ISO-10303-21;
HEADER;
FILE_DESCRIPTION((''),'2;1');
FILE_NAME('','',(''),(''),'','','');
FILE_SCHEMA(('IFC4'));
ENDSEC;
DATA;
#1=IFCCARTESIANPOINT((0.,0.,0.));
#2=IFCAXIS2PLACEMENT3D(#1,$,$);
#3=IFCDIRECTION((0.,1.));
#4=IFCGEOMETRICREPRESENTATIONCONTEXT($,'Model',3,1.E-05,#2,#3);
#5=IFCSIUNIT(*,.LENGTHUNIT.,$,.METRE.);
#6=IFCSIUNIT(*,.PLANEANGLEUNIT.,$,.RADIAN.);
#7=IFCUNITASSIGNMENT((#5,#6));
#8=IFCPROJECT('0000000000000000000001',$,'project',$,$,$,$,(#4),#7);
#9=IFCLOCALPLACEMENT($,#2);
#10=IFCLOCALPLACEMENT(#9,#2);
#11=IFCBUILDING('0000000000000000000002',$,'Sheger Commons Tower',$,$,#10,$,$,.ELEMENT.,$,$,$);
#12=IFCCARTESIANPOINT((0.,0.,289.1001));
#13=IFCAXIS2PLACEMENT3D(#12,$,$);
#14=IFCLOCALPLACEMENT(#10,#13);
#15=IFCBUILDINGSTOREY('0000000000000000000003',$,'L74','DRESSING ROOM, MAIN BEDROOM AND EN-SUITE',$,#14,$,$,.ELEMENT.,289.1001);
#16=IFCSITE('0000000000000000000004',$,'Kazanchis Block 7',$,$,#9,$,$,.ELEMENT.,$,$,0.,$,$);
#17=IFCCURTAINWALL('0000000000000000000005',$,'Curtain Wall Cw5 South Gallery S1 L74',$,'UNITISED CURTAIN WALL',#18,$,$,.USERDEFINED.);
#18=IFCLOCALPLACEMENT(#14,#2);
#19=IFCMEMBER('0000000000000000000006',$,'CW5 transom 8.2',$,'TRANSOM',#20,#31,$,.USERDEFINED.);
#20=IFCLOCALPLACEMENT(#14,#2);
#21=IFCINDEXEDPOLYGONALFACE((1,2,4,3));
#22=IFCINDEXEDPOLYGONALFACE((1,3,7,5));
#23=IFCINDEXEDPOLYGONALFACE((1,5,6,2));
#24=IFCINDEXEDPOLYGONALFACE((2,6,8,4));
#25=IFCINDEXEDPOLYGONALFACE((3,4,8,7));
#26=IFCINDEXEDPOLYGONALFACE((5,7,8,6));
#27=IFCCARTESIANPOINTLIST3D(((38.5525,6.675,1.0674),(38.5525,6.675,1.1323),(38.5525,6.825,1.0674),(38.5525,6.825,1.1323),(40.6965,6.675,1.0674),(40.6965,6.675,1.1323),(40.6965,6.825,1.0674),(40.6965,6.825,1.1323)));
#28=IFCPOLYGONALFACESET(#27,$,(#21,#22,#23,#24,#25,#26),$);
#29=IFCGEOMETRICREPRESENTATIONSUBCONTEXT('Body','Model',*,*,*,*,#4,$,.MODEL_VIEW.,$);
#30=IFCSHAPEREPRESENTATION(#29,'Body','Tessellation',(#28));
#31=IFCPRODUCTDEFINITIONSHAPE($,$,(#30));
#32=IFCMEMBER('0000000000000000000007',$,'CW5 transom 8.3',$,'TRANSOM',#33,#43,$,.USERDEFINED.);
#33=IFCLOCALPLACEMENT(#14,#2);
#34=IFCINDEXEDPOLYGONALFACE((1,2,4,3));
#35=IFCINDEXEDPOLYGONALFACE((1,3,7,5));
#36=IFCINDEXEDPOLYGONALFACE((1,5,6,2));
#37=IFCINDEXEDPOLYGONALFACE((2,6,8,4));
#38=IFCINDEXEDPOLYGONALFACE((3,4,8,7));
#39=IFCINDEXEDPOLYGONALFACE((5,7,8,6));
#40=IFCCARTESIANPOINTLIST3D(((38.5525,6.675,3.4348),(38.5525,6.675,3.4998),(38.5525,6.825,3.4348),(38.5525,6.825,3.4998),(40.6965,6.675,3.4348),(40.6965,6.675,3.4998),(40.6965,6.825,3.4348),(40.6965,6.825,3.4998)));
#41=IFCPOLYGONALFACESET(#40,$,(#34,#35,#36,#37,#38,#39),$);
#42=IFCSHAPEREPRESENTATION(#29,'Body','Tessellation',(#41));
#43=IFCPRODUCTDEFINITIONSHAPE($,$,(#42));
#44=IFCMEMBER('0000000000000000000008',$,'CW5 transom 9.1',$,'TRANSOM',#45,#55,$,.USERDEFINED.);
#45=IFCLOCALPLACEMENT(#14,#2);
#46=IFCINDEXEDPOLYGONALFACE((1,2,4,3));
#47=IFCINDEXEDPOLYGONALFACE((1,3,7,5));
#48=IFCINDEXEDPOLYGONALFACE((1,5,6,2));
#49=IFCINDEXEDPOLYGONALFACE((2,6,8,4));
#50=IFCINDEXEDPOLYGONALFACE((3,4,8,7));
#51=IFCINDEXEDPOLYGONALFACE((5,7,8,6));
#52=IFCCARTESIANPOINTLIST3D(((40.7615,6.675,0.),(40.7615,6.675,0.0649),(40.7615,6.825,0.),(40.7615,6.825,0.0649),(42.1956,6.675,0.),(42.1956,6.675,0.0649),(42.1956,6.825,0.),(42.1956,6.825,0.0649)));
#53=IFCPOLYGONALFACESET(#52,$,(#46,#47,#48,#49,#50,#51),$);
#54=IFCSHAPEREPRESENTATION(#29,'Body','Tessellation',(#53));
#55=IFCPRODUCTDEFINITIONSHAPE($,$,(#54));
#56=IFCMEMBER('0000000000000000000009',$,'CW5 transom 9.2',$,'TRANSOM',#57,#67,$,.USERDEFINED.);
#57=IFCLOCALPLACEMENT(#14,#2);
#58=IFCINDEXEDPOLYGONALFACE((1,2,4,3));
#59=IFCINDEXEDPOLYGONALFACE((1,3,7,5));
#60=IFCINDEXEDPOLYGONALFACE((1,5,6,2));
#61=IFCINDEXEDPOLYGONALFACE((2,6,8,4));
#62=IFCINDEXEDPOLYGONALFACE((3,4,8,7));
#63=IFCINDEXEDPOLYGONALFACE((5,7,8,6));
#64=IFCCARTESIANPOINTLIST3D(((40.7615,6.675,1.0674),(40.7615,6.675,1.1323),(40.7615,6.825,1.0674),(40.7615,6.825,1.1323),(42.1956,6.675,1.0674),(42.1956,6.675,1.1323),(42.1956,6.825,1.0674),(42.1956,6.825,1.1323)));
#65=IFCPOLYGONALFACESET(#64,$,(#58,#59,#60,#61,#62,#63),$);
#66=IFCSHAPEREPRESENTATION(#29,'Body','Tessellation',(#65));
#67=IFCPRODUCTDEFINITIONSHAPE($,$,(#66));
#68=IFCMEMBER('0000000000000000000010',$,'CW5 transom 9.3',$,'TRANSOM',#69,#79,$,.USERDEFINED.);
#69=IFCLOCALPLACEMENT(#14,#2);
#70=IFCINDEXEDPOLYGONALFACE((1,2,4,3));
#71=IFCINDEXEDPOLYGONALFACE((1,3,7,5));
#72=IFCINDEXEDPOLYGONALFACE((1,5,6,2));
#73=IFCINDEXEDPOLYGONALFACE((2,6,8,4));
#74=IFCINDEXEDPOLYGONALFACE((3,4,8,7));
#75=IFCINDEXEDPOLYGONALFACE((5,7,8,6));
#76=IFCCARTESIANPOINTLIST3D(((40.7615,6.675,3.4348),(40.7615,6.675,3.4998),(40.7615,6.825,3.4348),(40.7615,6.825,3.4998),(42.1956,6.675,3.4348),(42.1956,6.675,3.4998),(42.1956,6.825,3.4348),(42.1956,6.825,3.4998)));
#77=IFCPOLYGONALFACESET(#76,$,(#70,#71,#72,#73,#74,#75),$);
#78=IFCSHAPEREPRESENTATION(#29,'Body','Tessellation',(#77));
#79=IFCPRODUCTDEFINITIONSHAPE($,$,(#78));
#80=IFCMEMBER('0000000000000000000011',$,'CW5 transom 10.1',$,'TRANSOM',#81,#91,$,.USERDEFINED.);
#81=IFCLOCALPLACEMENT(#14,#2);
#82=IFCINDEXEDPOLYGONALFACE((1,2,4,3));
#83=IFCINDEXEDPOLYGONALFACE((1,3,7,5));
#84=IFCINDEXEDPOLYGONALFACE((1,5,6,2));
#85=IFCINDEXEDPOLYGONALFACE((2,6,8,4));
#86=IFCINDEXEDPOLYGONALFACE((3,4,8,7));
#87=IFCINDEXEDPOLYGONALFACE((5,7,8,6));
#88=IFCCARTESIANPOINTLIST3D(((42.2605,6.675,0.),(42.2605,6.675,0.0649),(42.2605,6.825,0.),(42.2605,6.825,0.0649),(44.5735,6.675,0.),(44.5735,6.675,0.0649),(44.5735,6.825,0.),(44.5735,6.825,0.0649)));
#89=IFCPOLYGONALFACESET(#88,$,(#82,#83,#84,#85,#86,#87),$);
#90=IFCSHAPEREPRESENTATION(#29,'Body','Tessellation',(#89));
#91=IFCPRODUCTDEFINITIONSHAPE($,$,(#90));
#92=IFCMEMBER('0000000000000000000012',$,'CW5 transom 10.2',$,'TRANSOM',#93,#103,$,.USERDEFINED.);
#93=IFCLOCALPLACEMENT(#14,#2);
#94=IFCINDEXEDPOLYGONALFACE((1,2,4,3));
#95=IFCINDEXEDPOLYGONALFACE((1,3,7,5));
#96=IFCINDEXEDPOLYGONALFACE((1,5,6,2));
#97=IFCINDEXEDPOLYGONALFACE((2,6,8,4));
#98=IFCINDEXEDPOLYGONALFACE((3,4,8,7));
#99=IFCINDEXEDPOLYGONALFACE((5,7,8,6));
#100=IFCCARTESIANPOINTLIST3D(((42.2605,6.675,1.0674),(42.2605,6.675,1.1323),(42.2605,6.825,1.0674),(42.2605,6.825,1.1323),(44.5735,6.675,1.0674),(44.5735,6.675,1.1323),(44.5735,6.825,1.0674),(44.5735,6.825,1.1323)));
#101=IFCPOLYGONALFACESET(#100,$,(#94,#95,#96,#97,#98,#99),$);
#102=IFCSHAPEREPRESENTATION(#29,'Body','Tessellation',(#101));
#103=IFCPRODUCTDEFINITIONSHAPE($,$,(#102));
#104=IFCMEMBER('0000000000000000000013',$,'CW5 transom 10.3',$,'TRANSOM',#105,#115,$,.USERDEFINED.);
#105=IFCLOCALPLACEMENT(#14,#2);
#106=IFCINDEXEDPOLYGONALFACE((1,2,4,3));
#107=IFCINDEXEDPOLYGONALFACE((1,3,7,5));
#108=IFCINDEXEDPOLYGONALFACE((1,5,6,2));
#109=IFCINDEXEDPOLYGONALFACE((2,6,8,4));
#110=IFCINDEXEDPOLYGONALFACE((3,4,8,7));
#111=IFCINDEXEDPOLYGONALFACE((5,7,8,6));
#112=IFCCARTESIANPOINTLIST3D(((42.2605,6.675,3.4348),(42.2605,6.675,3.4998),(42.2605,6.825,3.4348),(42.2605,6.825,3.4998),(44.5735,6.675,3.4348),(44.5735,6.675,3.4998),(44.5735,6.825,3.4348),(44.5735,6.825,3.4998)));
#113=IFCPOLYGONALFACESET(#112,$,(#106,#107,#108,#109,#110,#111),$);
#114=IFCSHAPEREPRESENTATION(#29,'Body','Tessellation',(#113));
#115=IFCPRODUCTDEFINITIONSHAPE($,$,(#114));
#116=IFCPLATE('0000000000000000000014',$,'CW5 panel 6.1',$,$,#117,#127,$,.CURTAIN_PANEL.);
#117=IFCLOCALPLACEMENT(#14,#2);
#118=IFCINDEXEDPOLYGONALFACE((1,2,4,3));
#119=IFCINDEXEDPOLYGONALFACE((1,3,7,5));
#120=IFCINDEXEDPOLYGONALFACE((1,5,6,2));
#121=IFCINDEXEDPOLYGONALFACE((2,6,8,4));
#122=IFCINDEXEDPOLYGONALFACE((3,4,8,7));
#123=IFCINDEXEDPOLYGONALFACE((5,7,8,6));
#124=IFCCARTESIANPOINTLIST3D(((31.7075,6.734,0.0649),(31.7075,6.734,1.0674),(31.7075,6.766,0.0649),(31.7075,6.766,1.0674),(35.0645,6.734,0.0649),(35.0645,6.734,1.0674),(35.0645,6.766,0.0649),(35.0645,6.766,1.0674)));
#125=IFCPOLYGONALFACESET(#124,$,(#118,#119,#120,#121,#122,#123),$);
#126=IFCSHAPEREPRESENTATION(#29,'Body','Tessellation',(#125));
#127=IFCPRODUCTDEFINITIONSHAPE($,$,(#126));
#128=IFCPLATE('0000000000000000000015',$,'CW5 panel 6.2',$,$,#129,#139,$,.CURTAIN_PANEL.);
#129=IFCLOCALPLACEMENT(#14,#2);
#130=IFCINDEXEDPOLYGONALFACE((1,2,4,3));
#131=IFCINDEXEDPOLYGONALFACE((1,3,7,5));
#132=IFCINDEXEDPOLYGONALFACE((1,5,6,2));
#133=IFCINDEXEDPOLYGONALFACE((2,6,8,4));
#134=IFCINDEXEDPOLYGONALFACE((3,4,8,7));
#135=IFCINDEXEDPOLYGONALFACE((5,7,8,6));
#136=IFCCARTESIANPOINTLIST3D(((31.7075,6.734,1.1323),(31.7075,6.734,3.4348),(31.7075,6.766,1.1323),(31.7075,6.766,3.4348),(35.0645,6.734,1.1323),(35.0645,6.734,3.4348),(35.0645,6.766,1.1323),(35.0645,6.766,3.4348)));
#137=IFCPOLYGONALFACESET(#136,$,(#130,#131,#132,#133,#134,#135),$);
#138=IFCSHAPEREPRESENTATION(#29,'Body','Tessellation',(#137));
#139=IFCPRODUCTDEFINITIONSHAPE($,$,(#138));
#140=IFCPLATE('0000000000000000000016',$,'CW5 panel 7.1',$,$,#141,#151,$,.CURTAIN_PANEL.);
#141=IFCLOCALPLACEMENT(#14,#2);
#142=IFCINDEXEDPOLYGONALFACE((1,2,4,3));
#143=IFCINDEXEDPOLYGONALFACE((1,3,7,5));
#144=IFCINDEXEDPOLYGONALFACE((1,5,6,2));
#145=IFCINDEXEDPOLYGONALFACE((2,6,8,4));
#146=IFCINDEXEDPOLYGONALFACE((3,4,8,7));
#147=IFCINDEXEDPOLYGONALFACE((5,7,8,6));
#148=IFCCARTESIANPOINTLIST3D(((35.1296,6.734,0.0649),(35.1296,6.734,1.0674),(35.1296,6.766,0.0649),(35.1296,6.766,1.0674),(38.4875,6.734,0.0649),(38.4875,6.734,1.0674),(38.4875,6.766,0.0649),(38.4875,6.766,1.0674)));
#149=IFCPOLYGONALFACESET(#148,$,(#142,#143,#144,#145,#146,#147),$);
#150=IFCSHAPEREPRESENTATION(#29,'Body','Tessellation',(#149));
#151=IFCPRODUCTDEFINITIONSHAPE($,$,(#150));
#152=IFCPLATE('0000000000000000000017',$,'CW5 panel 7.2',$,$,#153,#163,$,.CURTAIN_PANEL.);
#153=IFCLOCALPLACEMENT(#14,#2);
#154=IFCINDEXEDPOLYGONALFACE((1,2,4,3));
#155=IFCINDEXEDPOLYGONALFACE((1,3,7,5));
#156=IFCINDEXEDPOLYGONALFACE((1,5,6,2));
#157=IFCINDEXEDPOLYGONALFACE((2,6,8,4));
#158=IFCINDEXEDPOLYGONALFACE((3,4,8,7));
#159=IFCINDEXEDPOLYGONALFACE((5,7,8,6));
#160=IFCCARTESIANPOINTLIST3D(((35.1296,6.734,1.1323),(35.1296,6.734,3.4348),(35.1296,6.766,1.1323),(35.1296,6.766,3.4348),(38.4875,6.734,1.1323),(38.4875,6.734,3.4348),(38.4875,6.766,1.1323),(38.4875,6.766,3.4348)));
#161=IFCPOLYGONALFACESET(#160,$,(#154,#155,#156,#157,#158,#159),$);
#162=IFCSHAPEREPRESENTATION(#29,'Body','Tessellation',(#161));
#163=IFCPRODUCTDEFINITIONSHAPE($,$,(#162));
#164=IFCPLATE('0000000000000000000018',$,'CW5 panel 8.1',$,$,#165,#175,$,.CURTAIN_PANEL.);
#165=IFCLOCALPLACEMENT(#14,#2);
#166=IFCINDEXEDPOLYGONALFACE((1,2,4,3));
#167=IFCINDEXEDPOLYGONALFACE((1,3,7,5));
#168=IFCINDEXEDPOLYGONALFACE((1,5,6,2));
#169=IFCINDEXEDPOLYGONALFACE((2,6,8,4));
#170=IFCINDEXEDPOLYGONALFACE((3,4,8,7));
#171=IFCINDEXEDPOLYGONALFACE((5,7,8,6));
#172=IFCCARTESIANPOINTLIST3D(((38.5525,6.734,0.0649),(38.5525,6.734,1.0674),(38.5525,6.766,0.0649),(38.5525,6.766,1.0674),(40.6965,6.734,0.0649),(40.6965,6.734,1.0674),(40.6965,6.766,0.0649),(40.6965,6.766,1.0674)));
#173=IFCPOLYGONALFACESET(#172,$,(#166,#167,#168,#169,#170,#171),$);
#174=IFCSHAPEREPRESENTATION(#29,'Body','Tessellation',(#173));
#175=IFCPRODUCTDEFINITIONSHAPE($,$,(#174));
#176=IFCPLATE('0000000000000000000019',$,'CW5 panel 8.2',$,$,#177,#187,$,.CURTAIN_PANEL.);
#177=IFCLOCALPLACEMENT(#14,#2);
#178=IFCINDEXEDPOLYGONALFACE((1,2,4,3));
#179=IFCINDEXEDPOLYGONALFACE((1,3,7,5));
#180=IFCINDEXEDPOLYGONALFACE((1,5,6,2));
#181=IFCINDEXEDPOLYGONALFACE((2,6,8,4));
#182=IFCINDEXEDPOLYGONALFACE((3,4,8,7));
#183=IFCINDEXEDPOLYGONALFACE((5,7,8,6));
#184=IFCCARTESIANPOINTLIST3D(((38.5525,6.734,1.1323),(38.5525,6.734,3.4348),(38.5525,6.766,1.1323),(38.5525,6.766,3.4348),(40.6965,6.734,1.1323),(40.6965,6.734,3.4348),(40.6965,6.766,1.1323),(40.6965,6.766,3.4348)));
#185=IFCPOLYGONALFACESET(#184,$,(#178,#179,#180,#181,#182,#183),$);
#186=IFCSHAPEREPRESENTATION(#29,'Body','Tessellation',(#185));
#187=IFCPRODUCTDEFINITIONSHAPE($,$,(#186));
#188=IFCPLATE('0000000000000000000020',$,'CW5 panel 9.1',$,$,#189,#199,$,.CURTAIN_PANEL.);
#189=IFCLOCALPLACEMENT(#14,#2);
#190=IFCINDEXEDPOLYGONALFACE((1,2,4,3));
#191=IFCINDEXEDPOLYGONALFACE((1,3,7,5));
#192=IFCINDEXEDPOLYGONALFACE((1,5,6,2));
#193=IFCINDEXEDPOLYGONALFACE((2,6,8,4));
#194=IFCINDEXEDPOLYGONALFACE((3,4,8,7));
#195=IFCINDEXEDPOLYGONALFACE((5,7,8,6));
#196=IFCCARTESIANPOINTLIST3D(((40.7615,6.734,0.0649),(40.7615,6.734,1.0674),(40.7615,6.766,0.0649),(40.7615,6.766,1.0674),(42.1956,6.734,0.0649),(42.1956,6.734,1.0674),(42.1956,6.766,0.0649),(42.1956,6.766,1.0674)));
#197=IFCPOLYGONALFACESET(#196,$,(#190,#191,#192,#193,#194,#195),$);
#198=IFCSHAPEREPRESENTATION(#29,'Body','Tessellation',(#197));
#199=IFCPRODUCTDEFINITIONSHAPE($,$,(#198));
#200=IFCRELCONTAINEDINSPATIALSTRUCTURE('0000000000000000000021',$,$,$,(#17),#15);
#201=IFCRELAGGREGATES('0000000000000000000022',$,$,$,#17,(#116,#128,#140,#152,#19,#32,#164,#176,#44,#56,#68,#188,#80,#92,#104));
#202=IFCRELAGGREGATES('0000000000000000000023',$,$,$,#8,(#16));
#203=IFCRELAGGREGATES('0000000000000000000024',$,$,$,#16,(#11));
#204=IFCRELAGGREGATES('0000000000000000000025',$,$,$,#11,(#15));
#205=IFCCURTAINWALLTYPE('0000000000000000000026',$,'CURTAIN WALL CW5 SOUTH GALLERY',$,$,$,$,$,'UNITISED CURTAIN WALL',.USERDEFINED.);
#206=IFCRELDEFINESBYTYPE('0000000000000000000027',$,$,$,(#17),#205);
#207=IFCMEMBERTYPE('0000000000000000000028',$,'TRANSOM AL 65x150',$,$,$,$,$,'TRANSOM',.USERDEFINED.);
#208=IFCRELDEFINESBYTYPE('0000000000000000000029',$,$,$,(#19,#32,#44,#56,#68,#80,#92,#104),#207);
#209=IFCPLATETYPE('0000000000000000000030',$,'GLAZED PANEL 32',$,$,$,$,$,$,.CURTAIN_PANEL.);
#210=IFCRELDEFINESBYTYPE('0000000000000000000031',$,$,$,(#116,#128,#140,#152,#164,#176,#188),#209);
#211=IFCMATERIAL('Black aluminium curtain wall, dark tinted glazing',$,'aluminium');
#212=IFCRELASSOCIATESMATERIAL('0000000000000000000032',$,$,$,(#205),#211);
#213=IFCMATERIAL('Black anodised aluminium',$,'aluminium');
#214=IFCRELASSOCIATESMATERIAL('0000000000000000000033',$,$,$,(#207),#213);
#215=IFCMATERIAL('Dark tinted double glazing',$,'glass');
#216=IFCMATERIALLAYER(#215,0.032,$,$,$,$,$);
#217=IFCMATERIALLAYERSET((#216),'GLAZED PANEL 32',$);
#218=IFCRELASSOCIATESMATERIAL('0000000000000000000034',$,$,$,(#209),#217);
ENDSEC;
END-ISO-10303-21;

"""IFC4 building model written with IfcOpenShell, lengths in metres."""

from ifc_helpers import new_model, si_unit, direction, frame, origin, origin_2d, place, context, subcontext, project, spatial, rectangle, extrude, material, layer, layer_set, material_profile, profile_set, type_object, element, aggregate, save


model = new_model("IFC4")

# Units and contexts
model_context = context("Model", 3, precision=1e-05, world=origin(), true_north=direction((0.0, 1.0)))
body_context = subcontext(model_context, "Body", "Model", "MODEL_VIEW")
ifc_project = project(units=[si_unit("LENGTHUNIT", "METRE"), si_unit("PLANEANGLEUNIT", "RADIAN")], contexts=[model_context])

# Site, building, storey
site_placement = place(None, origin())
site = spatial("IfcSite", under=ifc_project, at=site_placement, Name="Kazanchis Block 7", CompositionType="ELEMENT", RefElevation=0.0)
building_placement = place(site_placement, origin())
building = spatial("IfcBuilding", under=site, at=building_placement, Name="Sheger Commons Tower", CompositionType="ELEMENT")
storey_placement = place(building_placement, frame((0.0, 0.0, 289.1001)))
storey = spatial("IfcBuildingStorey", under=building, at=storey_placement, Name="L74", Description="DRESSING ROOM, MAIN BEDROOM AND EN-SUITE", CompositionType="ELEMENT", Elevation=289.1001)

# Curtain wall
ifc_material_1 = material(Name="Black aluminium curtain wall, dark tinted glazing", Category="aluminium")
curtain_wall_type = type_object("IfcCurtainWallType", Name="CURTAIN WALL CW5 SOUTH GALLERY", ElementType="UNITISED CURTAIN WALL", PredefinedType="USERDEFINED", material=ifc_material_1)
curtain_wall_placement = place(storey_placement, origin())
curtain_wall = element("IfcCurtainWall", 1, at=curtain_wall_placement, inside=storey, type_object=curtain_wall_type, Name="Curtain Wall Cw5 South Gallery S1 L74", ObjectType="UNITISED CURTAIN WALL", PredefinedType="USERDEFINED")

# Members
ifc_material_2 = material(Name="Black anodised aluminium", Category="aluminium")
ifc_material_profile_1 = material_profile(ifc_material_2, rectangle(XDim=0.1499, YDim=0.0649, at=origin_2d()), Name="AL 65x150")
ifc_profile_set_1 = profile_set([ifc_material_profile_1], Name="Black anodised aluminium")
member_type_1 = type_object("IfcMemberType", Name="TRANSOM AL 65x150", ElementType="TRANSOM", PredefinedType="USERDEFINED", material=ifc_profile_set_1)
member_1_placement = place(storey_placement, frame((38.5525, 6.75, 1.0999), z_axis=(1.0, 0.0, 0.0), x_axis=(0.0, 1.0, 0.0)))
member_1 = element("IfcMember", 2, at=member_1_placement, type_object=member_type_1, Name="CW5 transom 8.2", ObjectType="TRANSOM", PredefinedType="USERDEFINED", context=body_context, shape_type="SweptSolid", body=[
    extrude(rectangle(XDim=0.1499, YDim=0.0649, at=origin_2d()), origin(), (0.0, 0.0, 1.0), 2.144),
])
member_2_placement = place(storey_placement, frame((38.5525, 6.75, 3.4673), z_axis=(1.0, 0.0, 0.0), x_axis=(0.0, 1.0, 0.0)))
member_2 = element("IfcMember", 3, at=member_2_placement, type_object=member_type_1, Name="CW5 transom 8.3", ObjectType="TRANSOM", PredefinedType="USERDEFINED", context=body_context, shape_type="SweptSolid", body=[
    extrude(rectangle(XDim=0.1499, YDim=0.0649, at=origin_2d()), origin(), (0.0, 0.0, 1.0), 2.144),
])
member_3_placement = place(storey_placement, frame((40.7615, 6.75, 0.0325), z_axis=(1.0, 0.0, 0.0), x_axis=(0.0, 1.0, 0.0)))
member_3 = element("IfcMember", 4, at=member_3_placement, type_object=member_type_1, Name="CW5 transom 9.1", ObjectType="TRANSOM", PredefinedType="USERDEFINED", context=body_context, shape_type="SweptSolid", body=[
    extrude(rectangle(XDim=0.1499, YDim=0.0649, at=origin_2d()), origin(), (0.0, 0.0, 1.0), 1.4341),
])
member_4_placement = place(storey_placement, frame((40.7615, 6.75, 1.0999), z_axis=(1.0, 0.0, 0.0), x_axis=(0.0, 1.0, 0.0)))
member_4 = element("IfcMember", 5, at=member_4_placement, type_object=member_type_1, Name="CW5 transom 9.2", ObjectType="TRANSOM", PredefinedType="USERDEFINED", context=body_context, shape_type="SweptSolid", body=[
    extrude(rectangle(XDim=0.1499, YDim=0.0649, at=origin_2d()), origin(), (0.0, 0.0, 1.0), 1.4341),
])
member_5_placement = place(storey_placement, frame((40.7615, 6.75, 3.4673), z_axis=(1.0, 0.0, 0.0), x_axis=(0.0, 1.0, 0.0)))
member_5 = element("IfcMember", 6, at=member_5_placement, type_object=member_type_1, Name="CW5 transom 9.3", ObjectType="TRANSOM", PredefinedType="USERDEFINED", context=body_context, shape_type="SweptSolid", body=[
    extrude(rectangle(XDim=0.1499, YDim=0.0649, at=origin_2d()), origin(), (0.0, 0.0, 1.0), 1.4341),
])
member_6_placement = place(storey_placement, frame((42.2605, 6.75, 0.0325), z_axis=(1.0, 0.0, 0.0), x_axis=(0.0, 1.0, 0.0)))
member_6 = element("IfcMember", 7, at=member_6_placement, type_object=member_type_1, Name="CW5 transom 10.1", ObjectType="TRANSOM", PredefinedType="USERDEFINED", context=body_context, shape_type="SweptSolid", body=[
    extrude(rectangle(XDim=0.1499, YDim=0.0649, at=origin_2d()), origin(), (0.0, 0.0, 1.0), 2.313),
])
member_7_placement = place(storey_placement, frame((42.2605, 6.75, 1.0999), z_axis=(1.0, 0.0, 0.0), x_axis=(0.0, 1.0, 0.0)))
member_7 = element("IfcMember", 8, at=member_7_placement, type_object=member_type_1, Name="CW5 transom 10.2", ObjectType="TRANSOM", PredefinedType="USERDEFINED", context=body_context, shape_type="SweptSolid", body=[
    extrude(rectangle(XDim=0.1499, YDim=0.0649, at=origin_2d()), origin(), (0.0, 0.0, 1.0), 2.313),
])
member_8_placement = place(storey_placement, frame((42.2605, 6.75, 3.4673), z_axis=(1.0, 0.0, 0.0), x_axis=(0.0, 1.0, 0.0)))
member_8 = element("IfcMember", 9, at=member_8_placement, type_object=member_type_1, Name="CW5 transom 10.3", ObjectType="TRANSOM", PredefinedType="USERDEFINED", context=body_context, shape_type="SweptSolid", body=[
    extrude(rectangle(XDim=0.1499, YDim=0.0649, at=origin_2d()), origin(), (0.0, 0.0, 1.0), 2.313),
])

# Plates
ifc_material_3 = material(Name="Dark tinted double glazing", Category="glass")
ifc_layer_1 = layer(ifc_material_3, 0.032)
ifc_layer_set_1 = layer_set([ifc_layer_1], Name="GLAZED PANEL 32")
plate_type_1 = type_object("IfcPlateType", Name="GLAZED PANEL 32", PredefinedType="CURTAIN_PANEL", material=ifc_layer_set_1)
plate_1_placement = place(storey_placement, frame((33.386, 6.75, 0.0649), z_axis=(0.0, 0.0, 1.0), x_axis=(1.0, 0.0, 0.0)))
plate_1 = element("IfcPlate", 10, at=plate_1_placement, type_object=plate_type_1, Name="CW5 panel 6.1", PredefinedType="CURTAIN_PANEL", context=body_context, shape_type="SweptSolid", body=[
    extrude(rectangle(XDim=3.3569, YDim=0.032, at=origin_2d()), origin(), (0.0, 0.0, 1.0), 1.0024),
])
plate_2_placement = place(storey_placement, frame((33.386, 6.75, 1.1323), z_axis=(0.0, 0.0, 1.0), x_axis=(1.0, 0.0, 0.0)))
plate_2 = element("IfcPlate", 11, at=plate_2_placement, type_object=plate_type_1, Name="CW5 panel 6.2", PredefinedType="CURTAIN_PANEL", context=body_context, shape_type="SweptSolid", body=[
    extrude(rectangle(XDim=3.3569, YDim=0.032, at=origin_2d()), origin(), (0.0, 0.0, 1.0), 2.3025),
])
plate_3_placement = place(storey_placement, frame((36.8086, 6.75, 0.0649), z_axis=(0.0, 0.0, 1.0), x_axis=(1.0, 0.0, 0.0)))
plate_3 = element("IfcPlate", 12, at=plate_3_placement, type_object=plate_type_1, Name="CW5 panel 7.1", PredefinedType="CURTAIN_PANEL", context=body_context, shape_type="SweptSolid", body=[
    extrude(rectangle(XDim=3.3579, YDim=0.032, at=origin_2d()), origin(), (0.0, 0.0, 1.0), 1.0024),
])
plate_4_placement = place(storey_placement, frame((36.8086, 6.75, 1.1323), z_axis=(0.0, 0.0, 1.0), x_axis=(1.0, 0.0, 0.0)))
plate_4 = element("IfcPlate", 13, at=plate_4_placement, type_object=plate_type_1, Name="CW5 panel 7.2", PredefinedType="CURTAIN_PANEL", context=body_context, shape_type="SweptSolid", body=[
    extrude(rectangle(XDim=3.3579, YDim=0.032, at=origin_2d()), origin(), (0.0, 0.0, 1.0), 2.3025),
])
plate_5_placement = place(storey_placement, frame((39.6245, 6.75, 0.0649), z_axis=(0.0, 0.0, 1.0), x_axis=(1.0, 0.0, 0.0)))
plate_5 = element("IfcPlate", 14, at=plate_5_placement, type_object=plate_type_1, Name="CW5 panel 8.1", PredefinedType="CURTAIN_PANEL", context=body_context, shape_type="SweptSolid", body=[
    extrude(rectangle(XDim=2.144, YDim=0.032, at=origin_2d()), origin(), (0.0, 0.0, 1.0), 1.0024),
])
plate_6_placement = place(storey_placement, frame((39.6245, 6.75, 1.1323), z_axis=(0.0, 0.0, 1.0), x_axis=(1.0, 0.0, 0.0)))
plate_6 = element("IfcPlate", 15, at=plate_6_placement, type_object=plate_type_1, Name="CW5 panel 8.2", PredefinedType="CURTAIN_PANEL", context=body_context, shape_type="SweptSolid", body=[
    extrude(rectangle(XDim=2.144, YDim=0.032, at=origin_2d()), origin(), (0.0, 0.0, 1.0), 2.3025),
])
plate_7_placement = place(storey_placement, frame((41.4785, 6.75, 0.0649), z_axis=(0.0, 0.0, 1.0), x_axis=(1.0, 0.0, 0.0)))
plate_7 = element("IfcPlate", 16, at=plate_7_placement, type_object=plate_type_1, Name="CW5 panel 9.1", PredefinedType="CURTAIN_PANEL", context=body_context, shape_type="SweptSolid", body=[
    extrude(rectangle(XDim=1.4341, YDim=0.032, at=origin_2d()), origin(), (0.0, 0.0, 1.0), 1.0024),
])
aggregate(curtain_wall, [plate_1, plate_2, plate_3, plate_4, member_1, member_2, plate_5, plate_6, member_3, member_4, member_5, plate_7, member_6, member_7, member_8])

save(model, "model.ifc")
